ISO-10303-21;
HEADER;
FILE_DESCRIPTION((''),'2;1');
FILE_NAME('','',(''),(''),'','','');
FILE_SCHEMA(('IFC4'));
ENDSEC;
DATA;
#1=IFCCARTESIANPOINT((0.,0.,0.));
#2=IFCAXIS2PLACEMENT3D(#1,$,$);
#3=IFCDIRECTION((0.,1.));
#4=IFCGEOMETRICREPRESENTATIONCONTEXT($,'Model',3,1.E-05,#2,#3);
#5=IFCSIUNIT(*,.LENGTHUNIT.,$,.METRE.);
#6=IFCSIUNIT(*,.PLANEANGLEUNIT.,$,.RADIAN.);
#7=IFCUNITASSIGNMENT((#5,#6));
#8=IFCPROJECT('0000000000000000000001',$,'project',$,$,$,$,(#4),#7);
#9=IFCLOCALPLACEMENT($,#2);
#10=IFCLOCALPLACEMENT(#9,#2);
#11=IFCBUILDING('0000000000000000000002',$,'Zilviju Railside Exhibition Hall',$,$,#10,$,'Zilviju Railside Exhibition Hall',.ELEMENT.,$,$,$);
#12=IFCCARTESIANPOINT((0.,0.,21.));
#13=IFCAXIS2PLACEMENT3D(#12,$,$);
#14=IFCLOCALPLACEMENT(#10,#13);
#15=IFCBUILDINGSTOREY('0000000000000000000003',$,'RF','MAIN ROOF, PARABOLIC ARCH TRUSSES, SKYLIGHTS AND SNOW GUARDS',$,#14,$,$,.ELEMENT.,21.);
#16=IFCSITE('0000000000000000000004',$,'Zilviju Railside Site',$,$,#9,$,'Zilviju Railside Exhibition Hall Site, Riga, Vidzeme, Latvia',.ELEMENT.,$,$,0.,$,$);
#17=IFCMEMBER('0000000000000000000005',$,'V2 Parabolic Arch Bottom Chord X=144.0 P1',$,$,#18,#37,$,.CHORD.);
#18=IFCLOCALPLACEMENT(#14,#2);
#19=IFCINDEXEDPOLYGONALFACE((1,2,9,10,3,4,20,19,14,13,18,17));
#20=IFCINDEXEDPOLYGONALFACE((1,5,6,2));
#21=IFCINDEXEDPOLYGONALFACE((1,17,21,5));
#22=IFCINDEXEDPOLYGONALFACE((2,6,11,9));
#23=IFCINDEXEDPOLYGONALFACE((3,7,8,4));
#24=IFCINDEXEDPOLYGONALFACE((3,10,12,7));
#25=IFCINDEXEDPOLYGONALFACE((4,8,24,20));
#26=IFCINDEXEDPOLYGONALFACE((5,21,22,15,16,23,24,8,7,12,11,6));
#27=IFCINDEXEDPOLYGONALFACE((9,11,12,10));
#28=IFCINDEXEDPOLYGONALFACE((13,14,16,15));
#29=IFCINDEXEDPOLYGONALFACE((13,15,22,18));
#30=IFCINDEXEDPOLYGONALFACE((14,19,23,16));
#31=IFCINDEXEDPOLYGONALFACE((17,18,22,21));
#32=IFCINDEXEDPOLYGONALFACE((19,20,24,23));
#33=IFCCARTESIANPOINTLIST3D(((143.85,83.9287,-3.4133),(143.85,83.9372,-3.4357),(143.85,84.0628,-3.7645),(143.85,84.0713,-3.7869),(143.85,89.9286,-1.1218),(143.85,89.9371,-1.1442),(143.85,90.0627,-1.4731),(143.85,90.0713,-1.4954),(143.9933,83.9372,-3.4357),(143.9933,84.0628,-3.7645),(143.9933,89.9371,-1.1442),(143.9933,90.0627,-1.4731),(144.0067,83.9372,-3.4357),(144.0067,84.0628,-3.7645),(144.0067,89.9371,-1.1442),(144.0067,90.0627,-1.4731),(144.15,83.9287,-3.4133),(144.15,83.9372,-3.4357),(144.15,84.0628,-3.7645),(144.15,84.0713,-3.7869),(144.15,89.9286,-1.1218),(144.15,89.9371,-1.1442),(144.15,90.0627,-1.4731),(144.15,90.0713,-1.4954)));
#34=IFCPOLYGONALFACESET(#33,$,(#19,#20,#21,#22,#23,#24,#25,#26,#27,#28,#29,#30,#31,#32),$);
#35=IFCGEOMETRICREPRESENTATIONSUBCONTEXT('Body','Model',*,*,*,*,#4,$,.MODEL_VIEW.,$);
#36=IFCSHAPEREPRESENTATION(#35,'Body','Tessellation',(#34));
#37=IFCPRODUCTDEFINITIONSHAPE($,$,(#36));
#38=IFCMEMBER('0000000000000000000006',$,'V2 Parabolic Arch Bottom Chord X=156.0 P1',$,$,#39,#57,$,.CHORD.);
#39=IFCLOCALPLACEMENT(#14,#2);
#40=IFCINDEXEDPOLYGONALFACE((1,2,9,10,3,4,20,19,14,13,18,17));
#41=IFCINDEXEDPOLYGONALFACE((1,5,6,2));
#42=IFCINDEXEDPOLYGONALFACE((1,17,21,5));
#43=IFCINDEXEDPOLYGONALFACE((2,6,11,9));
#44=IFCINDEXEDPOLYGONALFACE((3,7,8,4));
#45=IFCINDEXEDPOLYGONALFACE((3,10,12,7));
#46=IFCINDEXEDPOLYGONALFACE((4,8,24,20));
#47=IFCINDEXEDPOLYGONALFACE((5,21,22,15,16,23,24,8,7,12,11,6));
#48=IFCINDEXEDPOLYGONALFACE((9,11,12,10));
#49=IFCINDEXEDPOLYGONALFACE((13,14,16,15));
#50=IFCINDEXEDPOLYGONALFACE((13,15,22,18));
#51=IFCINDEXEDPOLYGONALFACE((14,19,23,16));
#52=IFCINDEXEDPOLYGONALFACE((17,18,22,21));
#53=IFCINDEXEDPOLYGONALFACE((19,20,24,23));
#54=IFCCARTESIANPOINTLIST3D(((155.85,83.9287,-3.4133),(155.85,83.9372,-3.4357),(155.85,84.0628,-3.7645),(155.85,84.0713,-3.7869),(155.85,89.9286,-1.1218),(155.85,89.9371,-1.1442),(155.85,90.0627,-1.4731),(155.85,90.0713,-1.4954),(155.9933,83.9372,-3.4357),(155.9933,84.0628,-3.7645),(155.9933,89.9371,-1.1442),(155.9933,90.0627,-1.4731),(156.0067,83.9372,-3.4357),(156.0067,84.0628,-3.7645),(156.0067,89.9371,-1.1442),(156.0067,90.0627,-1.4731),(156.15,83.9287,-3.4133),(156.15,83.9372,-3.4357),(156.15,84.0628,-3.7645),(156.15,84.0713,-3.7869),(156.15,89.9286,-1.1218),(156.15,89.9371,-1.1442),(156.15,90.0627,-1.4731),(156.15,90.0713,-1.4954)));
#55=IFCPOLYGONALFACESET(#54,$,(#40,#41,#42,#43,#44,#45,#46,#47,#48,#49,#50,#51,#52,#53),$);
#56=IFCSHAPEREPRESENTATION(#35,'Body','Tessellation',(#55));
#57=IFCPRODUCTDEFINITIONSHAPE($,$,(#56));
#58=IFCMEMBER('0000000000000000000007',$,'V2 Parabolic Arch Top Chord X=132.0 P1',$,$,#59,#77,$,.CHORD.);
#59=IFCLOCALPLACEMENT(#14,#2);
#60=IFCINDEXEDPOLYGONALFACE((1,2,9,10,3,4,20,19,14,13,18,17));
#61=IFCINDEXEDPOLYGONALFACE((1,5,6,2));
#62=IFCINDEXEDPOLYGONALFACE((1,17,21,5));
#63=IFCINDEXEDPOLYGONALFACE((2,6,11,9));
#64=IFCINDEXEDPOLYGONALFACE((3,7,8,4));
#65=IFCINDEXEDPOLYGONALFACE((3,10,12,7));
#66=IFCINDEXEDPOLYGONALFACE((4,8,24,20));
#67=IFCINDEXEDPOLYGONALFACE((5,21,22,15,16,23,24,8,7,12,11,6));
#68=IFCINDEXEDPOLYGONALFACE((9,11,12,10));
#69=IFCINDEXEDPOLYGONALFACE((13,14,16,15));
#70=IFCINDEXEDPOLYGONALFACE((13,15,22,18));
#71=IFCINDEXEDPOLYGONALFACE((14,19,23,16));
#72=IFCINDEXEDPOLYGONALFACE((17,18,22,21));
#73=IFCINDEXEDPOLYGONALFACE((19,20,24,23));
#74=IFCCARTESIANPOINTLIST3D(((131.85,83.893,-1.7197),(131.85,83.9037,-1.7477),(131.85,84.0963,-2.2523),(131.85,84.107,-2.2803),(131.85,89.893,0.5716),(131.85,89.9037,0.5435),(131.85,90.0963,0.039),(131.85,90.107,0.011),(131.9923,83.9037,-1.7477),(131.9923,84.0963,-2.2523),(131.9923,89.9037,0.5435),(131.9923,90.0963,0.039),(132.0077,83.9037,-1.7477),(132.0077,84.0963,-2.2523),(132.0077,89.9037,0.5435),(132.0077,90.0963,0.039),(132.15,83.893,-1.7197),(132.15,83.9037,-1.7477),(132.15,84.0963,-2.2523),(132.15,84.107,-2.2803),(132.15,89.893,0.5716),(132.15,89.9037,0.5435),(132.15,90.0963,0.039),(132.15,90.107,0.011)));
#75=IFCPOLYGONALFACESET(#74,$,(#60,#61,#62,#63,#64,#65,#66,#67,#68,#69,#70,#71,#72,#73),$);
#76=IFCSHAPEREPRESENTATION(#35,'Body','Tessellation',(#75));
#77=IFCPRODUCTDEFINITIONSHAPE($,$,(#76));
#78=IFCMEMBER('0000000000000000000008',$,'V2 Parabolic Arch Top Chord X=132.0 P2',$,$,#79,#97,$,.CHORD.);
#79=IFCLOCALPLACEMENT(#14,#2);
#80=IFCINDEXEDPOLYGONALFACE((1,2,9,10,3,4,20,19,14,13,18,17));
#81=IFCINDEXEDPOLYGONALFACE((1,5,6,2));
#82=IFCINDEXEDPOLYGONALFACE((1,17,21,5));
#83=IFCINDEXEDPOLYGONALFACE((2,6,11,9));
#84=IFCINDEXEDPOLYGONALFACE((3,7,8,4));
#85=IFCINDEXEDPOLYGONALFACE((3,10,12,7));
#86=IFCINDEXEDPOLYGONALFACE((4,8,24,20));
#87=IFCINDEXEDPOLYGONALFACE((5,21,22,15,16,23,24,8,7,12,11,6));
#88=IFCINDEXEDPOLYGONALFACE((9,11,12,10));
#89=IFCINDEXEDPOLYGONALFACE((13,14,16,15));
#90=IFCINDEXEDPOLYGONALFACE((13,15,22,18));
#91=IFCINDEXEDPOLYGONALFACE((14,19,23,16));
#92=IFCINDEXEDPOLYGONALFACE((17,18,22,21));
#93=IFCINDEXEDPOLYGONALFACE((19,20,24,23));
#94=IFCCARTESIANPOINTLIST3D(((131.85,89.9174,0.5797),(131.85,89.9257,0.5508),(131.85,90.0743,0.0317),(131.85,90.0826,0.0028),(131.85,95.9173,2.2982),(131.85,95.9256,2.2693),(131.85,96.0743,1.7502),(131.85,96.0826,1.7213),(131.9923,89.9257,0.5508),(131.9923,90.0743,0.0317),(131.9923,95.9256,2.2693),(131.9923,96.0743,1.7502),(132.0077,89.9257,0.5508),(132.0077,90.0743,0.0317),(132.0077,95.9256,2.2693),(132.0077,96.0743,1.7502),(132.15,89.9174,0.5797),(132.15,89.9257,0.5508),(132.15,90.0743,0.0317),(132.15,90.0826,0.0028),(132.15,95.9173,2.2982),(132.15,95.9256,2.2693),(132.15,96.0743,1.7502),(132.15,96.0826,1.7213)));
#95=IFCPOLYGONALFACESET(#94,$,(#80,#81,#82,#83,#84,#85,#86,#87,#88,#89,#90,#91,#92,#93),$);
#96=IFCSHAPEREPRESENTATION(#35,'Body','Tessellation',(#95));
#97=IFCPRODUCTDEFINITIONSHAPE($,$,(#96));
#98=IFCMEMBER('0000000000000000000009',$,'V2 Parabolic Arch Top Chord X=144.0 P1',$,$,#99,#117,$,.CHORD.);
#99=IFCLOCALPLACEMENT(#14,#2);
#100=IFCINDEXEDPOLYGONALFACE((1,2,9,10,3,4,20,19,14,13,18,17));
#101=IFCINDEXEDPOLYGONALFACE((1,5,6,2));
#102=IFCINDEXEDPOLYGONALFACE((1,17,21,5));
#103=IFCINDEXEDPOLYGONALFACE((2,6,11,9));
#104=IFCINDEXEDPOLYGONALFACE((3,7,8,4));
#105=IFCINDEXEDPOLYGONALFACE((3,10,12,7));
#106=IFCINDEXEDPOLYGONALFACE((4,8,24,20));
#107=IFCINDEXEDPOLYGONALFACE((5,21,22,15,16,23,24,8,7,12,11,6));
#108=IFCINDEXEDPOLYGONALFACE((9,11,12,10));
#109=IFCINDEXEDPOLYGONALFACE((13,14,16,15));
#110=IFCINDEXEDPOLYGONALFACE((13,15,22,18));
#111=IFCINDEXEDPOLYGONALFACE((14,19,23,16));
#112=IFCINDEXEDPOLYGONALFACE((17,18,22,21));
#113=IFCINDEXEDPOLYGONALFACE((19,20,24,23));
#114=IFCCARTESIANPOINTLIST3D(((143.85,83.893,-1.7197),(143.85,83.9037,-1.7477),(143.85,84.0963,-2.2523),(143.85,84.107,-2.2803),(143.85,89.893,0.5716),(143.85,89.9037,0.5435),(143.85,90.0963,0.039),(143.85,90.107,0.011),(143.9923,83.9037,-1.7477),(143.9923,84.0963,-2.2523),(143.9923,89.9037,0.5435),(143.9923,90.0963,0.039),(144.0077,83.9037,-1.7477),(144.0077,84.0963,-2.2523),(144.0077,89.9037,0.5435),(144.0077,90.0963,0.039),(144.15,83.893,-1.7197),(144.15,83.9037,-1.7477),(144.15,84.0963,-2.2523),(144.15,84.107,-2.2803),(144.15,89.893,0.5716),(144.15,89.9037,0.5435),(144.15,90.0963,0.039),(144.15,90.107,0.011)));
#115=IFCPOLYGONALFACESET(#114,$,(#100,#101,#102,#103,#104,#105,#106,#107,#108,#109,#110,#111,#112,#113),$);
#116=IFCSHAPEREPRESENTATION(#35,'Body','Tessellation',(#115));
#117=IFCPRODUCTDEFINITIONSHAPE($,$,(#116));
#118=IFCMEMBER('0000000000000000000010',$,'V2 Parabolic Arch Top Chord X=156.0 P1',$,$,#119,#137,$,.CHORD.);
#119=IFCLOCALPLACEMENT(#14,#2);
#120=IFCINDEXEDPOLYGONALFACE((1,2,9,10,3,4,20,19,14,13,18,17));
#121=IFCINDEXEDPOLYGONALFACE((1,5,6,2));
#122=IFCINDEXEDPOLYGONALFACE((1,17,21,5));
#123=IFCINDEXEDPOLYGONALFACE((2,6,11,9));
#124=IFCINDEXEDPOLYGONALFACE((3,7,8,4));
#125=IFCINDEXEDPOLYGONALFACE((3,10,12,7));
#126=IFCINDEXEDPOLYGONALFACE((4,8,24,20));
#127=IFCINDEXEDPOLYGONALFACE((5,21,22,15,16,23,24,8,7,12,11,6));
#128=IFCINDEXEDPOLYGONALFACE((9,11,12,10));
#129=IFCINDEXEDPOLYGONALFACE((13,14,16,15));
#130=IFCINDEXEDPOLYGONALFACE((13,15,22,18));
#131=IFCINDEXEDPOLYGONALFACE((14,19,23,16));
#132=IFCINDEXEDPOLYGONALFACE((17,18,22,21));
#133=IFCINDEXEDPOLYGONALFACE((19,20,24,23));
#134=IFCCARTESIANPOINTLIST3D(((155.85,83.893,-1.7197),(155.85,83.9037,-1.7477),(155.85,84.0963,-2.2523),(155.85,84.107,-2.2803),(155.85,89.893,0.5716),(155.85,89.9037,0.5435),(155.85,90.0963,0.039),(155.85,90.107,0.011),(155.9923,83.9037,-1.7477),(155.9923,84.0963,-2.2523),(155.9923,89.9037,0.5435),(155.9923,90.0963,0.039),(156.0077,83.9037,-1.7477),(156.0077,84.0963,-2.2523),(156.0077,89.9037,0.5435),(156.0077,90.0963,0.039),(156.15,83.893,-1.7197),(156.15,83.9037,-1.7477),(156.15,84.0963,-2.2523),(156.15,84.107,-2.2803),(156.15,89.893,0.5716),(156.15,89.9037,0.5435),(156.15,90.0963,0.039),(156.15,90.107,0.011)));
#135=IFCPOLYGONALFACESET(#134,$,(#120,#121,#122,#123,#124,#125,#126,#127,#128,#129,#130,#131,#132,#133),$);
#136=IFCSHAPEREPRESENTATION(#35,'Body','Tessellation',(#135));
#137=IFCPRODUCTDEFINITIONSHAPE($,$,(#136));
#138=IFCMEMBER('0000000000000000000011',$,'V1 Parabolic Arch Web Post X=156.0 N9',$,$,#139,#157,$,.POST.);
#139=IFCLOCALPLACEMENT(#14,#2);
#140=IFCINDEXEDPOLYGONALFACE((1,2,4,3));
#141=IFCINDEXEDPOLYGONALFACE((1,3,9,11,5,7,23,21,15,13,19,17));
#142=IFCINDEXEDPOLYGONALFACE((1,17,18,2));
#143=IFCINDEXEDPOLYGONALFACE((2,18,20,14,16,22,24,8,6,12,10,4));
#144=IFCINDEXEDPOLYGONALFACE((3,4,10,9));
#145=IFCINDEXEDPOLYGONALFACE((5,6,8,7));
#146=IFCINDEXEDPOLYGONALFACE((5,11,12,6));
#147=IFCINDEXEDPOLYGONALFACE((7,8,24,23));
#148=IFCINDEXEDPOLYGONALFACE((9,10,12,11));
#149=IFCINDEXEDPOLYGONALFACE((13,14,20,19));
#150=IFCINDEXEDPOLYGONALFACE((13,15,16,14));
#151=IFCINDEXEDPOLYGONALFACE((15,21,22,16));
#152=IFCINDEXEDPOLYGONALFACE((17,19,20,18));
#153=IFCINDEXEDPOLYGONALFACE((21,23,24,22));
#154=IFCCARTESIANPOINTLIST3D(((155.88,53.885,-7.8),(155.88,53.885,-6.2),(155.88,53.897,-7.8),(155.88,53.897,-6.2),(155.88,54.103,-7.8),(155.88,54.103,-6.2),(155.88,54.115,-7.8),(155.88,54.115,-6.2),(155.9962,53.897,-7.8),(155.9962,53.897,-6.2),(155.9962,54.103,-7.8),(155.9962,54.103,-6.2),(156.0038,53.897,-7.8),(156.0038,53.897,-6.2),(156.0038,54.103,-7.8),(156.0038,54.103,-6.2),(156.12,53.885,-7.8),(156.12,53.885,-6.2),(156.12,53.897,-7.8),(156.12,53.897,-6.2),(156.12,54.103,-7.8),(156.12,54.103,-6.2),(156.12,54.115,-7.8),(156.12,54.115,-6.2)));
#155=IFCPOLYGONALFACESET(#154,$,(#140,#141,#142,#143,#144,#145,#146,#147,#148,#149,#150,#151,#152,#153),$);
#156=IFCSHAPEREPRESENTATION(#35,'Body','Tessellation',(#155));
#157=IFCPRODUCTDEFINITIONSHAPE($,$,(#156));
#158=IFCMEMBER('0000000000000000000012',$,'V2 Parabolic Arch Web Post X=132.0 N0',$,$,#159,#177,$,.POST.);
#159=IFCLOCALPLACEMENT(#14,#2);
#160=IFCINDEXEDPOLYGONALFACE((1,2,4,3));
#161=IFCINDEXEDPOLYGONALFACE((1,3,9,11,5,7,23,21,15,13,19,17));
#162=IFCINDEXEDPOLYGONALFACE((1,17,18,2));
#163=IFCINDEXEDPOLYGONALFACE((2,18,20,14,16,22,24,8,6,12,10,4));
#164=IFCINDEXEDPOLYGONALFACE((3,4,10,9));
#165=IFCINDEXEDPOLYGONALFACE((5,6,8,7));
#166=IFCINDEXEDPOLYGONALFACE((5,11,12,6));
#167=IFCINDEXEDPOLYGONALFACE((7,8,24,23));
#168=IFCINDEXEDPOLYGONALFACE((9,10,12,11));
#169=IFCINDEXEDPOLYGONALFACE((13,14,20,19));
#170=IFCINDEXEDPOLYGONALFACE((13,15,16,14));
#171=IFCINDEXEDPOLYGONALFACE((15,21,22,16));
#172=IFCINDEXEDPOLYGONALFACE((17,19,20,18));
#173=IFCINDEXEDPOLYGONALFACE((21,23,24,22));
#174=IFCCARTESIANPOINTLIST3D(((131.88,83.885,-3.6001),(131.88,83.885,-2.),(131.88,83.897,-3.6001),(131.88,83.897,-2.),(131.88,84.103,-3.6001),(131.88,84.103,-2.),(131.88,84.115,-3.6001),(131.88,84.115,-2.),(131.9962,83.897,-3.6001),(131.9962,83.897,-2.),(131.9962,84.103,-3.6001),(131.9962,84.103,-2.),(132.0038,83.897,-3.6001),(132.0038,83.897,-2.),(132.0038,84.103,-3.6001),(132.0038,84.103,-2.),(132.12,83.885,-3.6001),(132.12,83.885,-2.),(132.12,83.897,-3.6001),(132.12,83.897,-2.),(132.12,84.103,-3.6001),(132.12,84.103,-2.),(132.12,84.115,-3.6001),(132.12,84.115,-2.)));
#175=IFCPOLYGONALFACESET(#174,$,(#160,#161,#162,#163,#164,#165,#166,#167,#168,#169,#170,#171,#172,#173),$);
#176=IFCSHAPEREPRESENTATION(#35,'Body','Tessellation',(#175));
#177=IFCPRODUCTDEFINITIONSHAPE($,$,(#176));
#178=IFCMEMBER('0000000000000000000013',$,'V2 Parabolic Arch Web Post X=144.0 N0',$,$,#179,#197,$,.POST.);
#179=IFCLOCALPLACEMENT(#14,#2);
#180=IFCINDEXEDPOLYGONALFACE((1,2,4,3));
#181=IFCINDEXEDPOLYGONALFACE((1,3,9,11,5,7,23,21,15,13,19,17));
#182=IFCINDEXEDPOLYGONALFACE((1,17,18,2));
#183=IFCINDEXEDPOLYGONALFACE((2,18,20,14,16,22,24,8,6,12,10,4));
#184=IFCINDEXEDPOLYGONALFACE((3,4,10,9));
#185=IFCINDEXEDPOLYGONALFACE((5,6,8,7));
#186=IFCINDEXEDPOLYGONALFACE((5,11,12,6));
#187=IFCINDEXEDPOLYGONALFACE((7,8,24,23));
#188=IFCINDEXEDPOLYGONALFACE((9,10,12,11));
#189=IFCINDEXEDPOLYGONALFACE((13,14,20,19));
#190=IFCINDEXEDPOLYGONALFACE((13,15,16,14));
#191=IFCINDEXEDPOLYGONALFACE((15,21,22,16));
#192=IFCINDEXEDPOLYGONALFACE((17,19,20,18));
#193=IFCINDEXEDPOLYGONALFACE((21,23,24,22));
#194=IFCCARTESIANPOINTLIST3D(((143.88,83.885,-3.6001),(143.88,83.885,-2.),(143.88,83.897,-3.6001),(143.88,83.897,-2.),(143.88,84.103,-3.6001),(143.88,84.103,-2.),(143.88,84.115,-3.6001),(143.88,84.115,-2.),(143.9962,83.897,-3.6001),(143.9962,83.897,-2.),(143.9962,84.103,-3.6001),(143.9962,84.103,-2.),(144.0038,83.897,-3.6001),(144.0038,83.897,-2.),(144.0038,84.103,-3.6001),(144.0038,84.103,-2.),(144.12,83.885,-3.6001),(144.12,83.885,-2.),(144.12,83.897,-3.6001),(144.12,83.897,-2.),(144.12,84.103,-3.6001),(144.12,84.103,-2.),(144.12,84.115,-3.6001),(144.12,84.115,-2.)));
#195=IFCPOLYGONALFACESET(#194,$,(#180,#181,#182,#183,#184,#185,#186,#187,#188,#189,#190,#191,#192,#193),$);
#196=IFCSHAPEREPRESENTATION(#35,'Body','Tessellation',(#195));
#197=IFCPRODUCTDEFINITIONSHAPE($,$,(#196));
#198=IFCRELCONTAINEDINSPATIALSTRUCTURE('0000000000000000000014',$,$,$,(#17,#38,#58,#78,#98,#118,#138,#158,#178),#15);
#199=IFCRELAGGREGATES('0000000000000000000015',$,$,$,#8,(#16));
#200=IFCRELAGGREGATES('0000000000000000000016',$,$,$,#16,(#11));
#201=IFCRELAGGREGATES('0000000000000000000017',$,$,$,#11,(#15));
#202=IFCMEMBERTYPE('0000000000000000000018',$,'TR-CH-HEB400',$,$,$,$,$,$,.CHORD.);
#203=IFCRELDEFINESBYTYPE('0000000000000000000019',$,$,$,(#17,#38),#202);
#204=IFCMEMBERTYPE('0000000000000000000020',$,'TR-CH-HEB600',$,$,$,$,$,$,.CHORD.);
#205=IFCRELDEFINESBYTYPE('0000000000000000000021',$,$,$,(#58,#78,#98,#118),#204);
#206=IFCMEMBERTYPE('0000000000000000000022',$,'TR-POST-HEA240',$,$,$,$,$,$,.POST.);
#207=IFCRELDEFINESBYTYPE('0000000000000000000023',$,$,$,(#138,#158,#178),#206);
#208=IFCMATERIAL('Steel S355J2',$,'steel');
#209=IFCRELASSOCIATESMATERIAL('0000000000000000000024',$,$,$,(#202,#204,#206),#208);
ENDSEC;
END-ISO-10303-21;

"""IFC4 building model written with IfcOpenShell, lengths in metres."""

from ifc_helpers import new_model, si_unit, direction, frame, origin, origin_2d, place, context, subcontext, project, spatial, i_section, extrude, material, material_profile, profile_set, type_object, element, save


model = new_model("IFC4")

# Units and contexts
model_context = context("Model", 3, precision=1e-05, world=origin(), true_north=direction((0.0, 1.0)))
body_context = subcontext(model_context, "Body", "Model", "MODEL_VIEW")
ifc_project = project(units=[si_unit("LENGTHUNIT", "METRE"), si_unit("PLANEANGLEUNIT", "RADIAN")], contexts=[model_context])

# Site, building, storey
site_placement = place(None, origin())
site = spatial("IfcSite", under=ifc_project, at=site_placement, Name="Zilviju Railside Site", LongName="Zilviju Railside Exhibition Hall Site, Riga, Vidzeme, Latvia", CompositionType="ELEMENT", RefElevation=0.0)
building_placement = place(site_placement, origin())
building = spatial("IfcBuilding", under=site, at=building_placement, Name="Zilviju Railside Exhibition Hall", LongName="Zilviju Railside Exhibition Hall", CompositionType="ELEMENT")
storey_placement = place(building_placement, frame((0.0, 0.0, 21.0)))
storey = spatial("IfcBuildingStorey", under=building, at=storey_placement, Name="RF", Description="MAIN ROOF, PARABOLIC ARCH TRUSSES, SKYLIGHTS AND SNOW GUARDS", CompositionType="ELEMENT", Elevation=21.0)

# Members
ifc_material_1 = material(Name="Steel S355J2", Category="steel")
ifc_material_profile_1 = material_profile(ifc_material_1, i_section(OverallWidth=0.3, OverallDepth=0.3999, WebThickness=0.0134, FlangeThickness=0.0239, at=origin_2d()), Name="HEB 400")
ifc_profile_set_1 = profile_set([ifc_material_profile_1], Name="Steel S355J2")
member_type_1 = type_object("IfcMemberType", Name="TR-CH-HEB400", PredefinedType="CHORD", material=ifc_profile_set_1)
for number, where, z_axis, x_axis, name in (
    (1, (144.0, 84.0, -3.6001), (0.0, 0.934188, 0.356782), (-1.0, 0.0, 0.0), "V2 Parabolic Arch Bottom Chord X=144.0 P1"),
    (2, (156.0, 84.0, -3.6001), (0.0, 0.934188, 0.356782), (-1.0, 0.0, 0.0), "V2 Parabolic Arch Bottom Chord X=156.0 P1"),
):
    element("IfcMember", number, at=place(storey_placement, frame(where, z_axis=z_axis, x_axis=x_axis)), inside=storey, type_object=member_type_1, Name=name, PredefinedType="CHORD", context=body_context, shape_type="SweptSolid", body=[
        extrude(i_section(OverallWidth=0.3, OverallDepth=0.3999, WebThickness=0.0134, FlangeThickness=0.0239, at=origin_2d()), origin(), (0.0, 0.0, 1.0), 6.4226),
    ])
ifc_material_profile_2 = material_profile(ifc_material_1, i_section(OverallWidth=0.3, OverallDepth=0.6001, WebThickness=0.0154, FlangeThickness=0.03, at=origin_2d()), Name="HEB 600")
ifc_profile_set_2 = profile_set([ifc_material_profile_2], Name="Steel S355J2")
member_type_2 = type_object("IfcMemberType", Name="TR-CH-HEB600", PredefinedType="CHORD", material=ifc_profile_set_2)
member_1_placement = place(storey_placement, frame((132.0, 84.0, -2.0), z_axis=(0.0, 0.9342, 0.356749), x_axis=(-1.0, 0.0, 0.0)))
element("IfcMember", 3, at=member_1_placement, inside=storey, type_object=member_type_2, Name="V2 Parabolic Arch Top Chord X=132.0 P1", PredefinedType="CHORD", context=body_context, shape_type="SweptSolid", body=[
    extrude(i_section(OverallWidth=0.3, OverallDepth=0.6001, WebThickness=0.0154, FlangeThickness=0.03, at=origin_2d()), origin(), (0.0, 0.0, 1.0), 6.4226),
])
member_2_placement = place(storey_placement, frame((132.0, 90.0, 0.2913), z_axis=(0.0, 0.961345, 0.275346), x_axis=(-1.0, 0.0, 0.0)))
element("IfcMember", 4, at=member_2_placement, inside=storey, type_object=member_type_2, Name="V2 Parabolic Arch Top Chord X=132.0 P2", PredefinedType="CHORD", context=body_context, shape_type="SweptSolid", body=[
    extrude(i_section(OverallWidth=0.3, OverallDepth=0.6001, WebThickness=0.0154, FlangeThickness=0.03, at=origin_2d()), origin(), (0.0, 0.0, 1.0), 6.2412),
])
for number, where, z_axis, x_axis, name in (
    (5, (144.0, 84.0, -2.0), (0.0, 0.9342, 0.356749), (-1.0, 0.0, 0.0), "V2 Parabolic Arch Top Chord X=144.0 P1"),
    (6, (156.0, 84.0, -2.0), (0.0, 0.9342, 0.356749), (-1.0, 0.0, 0.0), "V2 Parabolic Arch Top Chord X=156.0 P1"),
):
    element("IfcMember", number, at=place(storey_placement, frame(where, z_axis=z_axis, x_axis=x_axis)), inside=storey, type_object=member_type_2, Name=name, PredefinedType="CHORD", context=body_context, shape_type="SweptSolid", body=[
        extrude(i_section(OverallWidth=0.3, OverallDepth=0.6001, WebThickness=0.0154, FlangeThickness=0.03, at=origin_2d()), origin(), (0.0, 0.0, 1.0), 6.4226),
    ])
ifc_material_profile_3 = material_profile(ifc_material_1, i_section(OverallWidth=0.24, OverallDepth=0.23, WebThickness=0.0076, FlangeThickness=0.012, at=origin_2d()), Name="HEA 240")
ifc_profile_set_3 = profile_set([ifc_material_profile_3], Name="Steel S355J2")
member_type_3 = type_object("IfcMemberType", Name="TR-POST-HEA240", PredefinedType="POST", material=ifc_profile_set_3)
for number, where, z_axis, x_axis, name in (
    (7, (156.0, 54.0, -7.8), (0.0, 0.0, 1.0), (1.0, 0.0, 0.0), "V1 Parabolic Arch Web Post X=156.0 N9"),
    (8, (132.0, 84.0, -3.6001), (0.0, 0.0, 1.0), (1.0, 0.0, 0.0), "V2 Parabolic Arch Web Post X=132.0 N0"),
    (9, (144.0, 84.0, -3.6001), (0.0, 0.0, 1.0), (1.0, 0.0, 0.0), "V2 Parabolic Arch Web Post X=144.0 N0"),
):
    element("IfcMember", number, at=place(storey_placement, frame(where, z_axis=z_axis, x_axis=x_axis)), inside=storey, type_object=member_type_3, Name=name, PredefinedType="POST", context=body_context, shape_type="SweptSolid", body=[
        extrude(i_section(OverallWidth=0.24, OverallDepth=0.23, WebThickness=0.0076, FlangeThickness=0.012, at=origin_2d()), origin(), (0.0, 0.0, 1.0), 1.6001),
    ])

save(model, "model.ifc")
